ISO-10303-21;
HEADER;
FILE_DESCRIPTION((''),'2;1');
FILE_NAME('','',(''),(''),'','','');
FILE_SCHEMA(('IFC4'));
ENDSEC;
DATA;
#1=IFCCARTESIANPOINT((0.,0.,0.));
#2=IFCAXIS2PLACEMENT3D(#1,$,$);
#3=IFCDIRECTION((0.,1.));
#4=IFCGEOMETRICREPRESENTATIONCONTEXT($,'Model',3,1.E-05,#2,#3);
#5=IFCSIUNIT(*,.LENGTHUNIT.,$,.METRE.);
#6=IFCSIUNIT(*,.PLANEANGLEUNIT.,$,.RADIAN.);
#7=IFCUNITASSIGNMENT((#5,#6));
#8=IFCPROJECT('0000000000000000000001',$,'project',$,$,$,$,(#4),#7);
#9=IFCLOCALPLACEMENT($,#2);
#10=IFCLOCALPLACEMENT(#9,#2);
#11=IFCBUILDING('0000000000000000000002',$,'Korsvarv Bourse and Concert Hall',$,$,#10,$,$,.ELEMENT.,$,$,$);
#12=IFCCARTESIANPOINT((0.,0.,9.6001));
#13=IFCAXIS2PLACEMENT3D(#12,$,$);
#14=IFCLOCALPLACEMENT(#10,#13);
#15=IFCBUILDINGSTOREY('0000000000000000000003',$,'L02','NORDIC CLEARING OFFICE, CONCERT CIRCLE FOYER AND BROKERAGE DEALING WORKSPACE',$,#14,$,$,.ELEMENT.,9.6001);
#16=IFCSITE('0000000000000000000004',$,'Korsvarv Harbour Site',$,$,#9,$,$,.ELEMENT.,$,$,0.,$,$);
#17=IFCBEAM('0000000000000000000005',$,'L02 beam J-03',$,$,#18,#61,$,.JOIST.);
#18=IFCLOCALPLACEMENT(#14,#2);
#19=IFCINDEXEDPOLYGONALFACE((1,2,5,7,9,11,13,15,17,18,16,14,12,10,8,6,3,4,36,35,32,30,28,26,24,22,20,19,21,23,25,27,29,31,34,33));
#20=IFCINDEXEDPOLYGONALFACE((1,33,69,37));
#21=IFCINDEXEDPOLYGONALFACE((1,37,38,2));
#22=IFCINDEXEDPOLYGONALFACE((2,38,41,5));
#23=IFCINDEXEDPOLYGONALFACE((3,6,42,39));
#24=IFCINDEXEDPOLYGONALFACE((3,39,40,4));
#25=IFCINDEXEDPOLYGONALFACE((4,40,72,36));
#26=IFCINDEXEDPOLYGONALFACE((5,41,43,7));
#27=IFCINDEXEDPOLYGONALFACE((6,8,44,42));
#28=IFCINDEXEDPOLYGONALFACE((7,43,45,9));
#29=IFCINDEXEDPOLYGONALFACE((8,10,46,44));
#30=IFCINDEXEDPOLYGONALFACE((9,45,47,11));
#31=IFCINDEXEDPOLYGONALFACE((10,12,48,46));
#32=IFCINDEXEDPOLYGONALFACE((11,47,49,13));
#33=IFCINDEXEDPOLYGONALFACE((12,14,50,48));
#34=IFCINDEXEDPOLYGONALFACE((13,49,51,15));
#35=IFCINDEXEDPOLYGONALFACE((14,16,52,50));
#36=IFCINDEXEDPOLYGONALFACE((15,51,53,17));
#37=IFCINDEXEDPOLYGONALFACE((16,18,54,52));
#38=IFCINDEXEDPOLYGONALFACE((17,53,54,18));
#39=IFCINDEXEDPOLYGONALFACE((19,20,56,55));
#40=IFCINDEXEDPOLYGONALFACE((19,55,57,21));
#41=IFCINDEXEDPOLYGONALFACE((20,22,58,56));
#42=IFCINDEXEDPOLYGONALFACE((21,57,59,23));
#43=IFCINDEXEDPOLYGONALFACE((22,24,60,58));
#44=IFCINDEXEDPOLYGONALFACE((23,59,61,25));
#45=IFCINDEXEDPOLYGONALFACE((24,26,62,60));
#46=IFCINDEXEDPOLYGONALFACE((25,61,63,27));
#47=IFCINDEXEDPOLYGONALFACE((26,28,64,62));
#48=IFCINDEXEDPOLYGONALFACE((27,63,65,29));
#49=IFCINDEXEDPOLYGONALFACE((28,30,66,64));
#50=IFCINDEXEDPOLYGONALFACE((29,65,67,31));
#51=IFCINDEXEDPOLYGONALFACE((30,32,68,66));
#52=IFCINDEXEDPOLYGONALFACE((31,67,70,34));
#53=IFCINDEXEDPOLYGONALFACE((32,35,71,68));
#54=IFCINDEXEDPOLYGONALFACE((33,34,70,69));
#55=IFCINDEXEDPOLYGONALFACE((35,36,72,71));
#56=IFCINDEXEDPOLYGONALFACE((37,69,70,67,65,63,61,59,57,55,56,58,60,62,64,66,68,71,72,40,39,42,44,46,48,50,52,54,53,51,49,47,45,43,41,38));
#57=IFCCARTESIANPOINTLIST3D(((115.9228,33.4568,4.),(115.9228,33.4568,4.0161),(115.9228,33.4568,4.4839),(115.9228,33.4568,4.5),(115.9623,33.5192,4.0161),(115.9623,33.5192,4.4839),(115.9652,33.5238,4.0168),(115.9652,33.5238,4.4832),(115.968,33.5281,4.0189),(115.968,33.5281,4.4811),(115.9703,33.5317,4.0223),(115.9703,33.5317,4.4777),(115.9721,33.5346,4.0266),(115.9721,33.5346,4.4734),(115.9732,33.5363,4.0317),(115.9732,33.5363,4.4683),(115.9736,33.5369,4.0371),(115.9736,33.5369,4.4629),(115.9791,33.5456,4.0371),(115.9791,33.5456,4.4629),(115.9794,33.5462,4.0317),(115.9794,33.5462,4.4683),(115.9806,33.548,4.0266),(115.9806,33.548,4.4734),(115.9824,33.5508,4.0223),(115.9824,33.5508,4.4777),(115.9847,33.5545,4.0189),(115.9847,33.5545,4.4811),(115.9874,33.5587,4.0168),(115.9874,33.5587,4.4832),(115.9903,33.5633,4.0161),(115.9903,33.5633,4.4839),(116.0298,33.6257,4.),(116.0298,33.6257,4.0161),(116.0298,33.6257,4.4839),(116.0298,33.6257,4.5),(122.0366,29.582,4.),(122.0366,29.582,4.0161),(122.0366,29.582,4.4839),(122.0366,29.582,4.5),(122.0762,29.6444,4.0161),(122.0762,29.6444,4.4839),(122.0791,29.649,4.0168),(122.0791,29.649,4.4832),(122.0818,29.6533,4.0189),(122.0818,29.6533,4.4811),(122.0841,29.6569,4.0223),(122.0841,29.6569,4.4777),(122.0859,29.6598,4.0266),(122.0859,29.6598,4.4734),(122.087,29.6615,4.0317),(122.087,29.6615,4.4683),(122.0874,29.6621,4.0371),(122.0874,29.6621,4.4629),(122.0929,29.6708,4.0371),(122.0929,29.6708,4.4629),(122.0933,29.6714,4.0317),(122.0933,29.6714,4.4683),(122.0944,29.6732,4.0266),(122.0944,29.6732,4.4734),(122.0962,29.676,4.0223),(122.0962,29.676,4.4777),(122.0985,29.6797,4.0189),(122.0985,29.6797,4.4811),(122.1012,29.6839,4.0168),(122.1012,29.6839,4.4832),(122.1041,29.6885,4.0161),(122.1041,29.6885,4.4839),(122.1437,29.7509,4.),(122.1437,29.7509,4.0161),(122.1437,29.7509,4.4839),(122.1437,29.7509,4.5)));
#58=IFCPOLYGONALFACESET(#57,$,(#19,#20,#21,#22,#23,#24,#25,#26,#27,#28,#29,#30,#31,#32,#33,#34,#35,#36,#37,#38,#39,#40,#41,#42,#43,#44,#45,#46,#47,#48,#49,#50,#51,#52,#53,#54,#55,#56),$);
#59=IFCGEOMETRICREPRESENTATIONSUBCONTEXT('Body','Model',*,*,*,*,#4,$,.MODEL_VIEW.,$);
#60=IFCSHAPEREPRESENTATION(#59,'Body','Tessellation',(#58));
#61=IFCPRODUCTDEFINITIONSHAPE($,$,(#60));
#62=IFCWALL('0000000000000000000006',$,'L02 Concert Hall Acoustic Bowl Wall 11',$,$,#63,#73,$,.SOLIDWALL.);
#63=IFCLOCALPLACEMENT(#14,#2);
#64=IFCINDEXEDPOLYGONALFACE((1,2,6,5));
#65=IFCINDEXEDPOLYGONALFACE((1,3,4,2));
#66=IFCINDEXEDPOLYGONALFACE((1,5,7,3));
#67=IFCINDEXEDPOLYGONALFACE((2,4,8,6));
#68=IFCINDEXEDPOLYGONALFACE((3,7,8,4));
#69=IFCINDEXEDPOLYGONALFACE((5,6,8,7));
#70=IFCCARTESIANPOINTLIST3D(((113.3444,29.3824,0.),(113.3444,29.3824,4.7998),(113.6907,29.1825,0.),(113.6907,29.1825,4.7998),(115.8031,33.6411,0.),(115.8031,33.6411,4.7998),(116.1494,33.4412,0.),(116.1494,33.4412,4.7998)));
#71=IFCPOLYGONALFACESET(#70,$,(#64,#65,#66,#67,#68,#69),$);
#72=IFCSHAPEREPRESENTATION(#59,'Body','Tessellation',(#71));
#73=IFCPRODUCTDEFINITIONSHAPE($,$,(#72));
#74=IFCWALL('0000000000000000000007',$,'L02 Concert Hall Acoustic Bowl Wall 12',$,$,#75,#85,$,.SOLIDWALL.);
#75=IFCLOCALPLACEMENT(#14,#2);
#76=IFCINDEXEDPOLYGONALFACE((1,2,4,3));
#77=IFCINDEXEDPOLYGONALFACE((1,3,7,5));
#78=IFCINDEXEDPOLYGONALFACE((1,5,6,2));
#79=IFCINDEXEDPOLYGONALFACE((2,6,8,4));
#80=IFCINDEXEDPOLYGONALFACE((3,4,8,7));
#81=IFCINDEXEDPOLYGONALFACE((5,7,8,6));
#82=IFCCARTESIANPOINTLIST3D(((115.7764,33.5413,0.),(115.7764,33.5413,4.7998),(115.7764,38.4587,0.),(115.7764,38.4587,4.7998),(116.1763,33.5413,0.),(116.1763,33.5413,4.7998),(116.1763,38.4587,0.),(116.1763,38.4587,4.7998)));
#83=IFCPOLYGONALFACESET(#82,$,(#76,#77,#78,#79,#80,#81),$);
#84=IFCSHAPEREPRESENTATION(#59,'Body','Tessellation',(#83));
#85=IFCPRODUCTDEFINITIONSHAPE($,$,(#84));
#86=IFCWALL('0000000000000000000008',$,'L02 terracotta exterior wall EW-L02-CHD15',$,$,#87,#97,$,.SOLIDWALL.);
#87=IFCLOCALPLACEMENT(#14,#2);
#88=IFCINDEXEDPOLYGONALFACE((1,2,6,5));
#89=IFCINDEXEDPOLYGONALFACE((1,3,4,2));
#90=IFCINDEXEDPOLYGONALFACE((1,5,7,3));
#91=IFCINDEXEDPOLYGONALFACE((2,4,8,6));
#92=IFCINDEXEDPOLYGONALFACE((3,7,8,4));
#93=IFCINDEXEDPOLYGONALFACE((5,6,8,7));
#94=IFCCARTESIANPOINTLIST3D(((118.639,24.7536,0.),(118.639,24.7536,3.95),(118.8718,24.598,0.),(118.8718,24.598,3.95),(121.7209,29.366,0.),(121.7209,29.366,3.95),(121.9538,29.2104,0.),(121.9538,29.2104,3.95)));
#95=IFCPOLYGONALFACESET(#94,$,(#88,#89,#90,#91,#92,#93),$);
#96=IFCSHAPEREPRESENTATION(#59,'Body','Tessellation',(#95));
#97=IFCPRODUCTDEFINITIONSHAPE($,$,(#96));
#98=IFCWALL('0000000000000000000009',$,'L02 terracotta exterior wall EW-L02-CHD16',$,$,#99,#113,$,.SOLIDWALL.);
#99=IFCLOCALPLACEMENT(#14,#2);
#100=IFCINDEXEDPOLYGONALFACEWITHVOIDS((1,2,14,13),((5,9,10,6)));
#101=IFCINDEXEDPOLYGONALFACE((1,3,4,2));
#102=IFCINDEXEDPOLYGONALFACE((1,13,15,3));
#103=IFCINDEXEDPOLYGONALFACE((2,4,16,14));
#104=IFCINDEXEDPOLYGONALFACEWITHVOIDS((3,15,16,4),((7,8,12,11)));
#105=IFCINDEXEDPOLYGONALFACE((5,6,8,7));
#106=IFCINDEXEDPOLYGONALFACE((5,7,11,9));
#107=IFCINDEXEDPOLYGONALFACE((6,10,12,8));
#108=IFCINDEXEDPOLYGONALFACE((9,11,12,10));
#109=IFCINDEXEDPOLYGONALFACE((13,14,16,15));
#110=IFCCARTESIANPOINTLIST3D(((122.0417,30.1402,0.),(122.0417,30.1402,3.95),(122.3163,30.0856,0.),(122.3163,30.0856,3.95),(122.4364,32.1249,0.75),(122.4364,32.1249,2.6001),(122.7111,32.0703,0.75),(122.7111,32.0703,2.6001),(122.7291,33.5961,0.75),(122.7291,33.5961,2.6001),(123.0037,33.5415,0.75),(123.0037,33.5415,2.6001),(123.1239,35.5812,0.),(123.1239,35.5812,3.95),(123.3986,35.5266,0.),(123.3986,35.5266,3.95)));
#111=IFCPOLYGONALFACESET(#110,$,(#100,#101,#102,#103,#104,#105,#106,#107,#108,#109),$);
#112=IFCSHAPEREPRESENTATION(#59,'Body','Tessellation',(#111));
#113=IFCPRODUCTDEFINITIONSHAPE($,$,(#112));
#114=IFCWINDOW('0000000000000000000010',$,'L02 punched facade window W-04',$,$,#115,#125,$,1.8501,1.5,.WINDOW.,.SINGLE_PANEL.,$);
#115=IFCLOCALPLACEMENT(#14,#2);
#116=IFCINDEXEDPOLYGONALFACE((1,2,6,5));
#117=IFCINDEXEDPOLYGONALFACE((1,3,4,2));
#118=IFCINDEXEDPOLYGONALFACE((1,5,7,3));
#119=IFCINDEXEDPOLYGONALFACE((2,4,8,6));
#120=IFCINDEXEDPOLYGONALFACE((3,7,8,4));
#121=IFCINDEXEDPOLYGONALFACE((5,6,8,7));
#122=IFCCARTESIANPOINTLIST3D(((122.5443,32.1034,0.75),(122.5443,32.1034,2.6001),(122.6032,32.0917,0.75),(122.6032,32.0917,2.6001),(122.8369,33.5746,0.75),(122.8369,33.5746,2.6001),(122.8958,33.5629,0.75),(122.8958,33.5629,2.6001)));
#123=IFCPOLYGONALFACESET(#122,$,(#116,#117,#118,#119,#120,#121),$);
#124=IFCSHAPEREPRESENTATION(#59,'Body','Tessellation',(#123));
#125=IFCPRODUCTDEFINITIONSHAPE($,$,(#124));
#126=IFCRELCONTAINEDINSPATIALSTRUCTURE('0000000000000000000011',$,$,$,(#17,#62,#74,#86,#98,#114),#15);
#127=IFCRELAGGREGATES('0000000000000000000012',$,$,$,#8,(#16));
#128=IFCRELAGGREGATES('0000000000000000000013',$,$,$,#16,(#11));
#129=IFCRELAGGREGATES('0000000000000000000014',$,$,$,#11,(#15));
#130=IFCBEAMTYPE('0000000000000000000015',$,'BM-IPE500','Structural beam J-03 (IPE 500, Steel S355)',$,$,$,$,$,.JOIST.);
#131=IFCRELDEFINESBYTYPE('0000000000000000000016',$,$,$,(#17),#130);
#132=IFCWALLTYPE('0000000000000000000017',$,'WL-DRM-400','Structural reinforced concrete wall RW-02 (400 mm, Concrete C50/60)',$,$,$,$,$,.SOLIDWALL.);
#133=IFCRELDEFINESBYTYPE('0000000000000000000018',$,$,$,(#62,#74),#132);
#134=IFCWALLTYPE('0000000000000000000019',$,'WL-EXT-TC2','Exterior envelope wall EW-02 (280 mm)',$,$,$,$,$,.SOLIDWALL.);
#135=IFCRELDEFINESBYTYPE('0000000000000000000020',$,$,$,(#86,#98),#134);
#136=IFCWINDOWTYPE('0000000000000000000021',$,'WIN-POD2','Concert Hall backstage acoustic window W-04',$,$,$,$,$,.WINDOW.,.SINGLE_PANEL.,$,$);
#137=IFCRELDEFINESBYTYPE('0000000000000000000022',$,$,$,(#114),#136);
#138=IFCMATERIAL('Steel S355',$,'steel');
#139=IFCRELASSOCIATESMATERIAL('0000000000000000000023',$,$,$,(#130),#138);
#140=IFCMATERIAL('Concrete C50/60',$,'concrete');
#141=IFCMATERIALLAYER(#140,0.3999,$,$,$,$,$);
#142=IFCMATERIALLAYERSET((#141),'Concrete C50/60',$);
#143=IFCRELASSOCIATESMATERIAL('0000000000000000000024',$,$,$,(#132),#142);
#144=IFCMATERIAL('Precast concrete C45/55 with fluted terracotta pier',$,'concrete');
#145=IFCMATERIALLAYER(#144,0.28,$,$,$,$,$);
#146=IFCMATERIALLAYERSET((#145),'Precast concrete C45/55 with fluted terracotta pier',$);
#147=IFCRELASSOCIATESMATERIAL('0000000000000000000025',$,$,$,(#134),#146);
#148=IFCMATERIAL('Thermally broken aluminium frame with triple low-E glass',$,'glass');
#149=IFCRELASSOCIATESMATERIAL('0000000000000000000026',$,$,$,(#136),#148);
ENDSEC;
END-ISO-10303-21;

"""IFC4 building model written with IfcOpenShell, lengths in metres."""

from ifc_helpers import new_model, si_unit, direction, frame, frame_2d, origin, origin_2d, place, context, subcontext, project, spatial, rectangle, i_section, extrude, source, transform, mapped, material, layer, layer_set, material_profile, profile_set, type_object, element, fill, save


model = new_model("IFC4")

# Units and contexts
model_context = context("Model", 3, precision=1e-05, world=origin(), true_north=direction((0.0, 1.0)))
body_context = subcontext(model_context, "Body", "Model", "MODEL_VIEW")
ifc_project = project(units=[si_unit("LENGTHUNIT", "METRE"), si_unit("PLANEANGLEUNIT", "RADIAN")], contexts=[model_context])

# Site, building, storey
site_placement = place(None, origin())
site = spatial("IfcSite", under=ifc_project, at=site_placement, Name="Korsvarv Harbour Site", CompositionType="ELEMENT", RefElevation=0.0)
building_placement = place(site_placement, origin())
building = spatial("IfcBuilding", under=site, at=building_placement, Name="Korsvarv Bourse and Concert Hall", CompositionType="ELEMENT")
storey_placement = place(building_placement, frame((0.0, 0.0, 9.6001)))
storey = spatial("IfcBuildingStorey", under=building, at=storey_placement, Name="L02", Description="NORDIC CLEARING OFFICE, CONCERT CIRCLE FOYER AND BROKERAGE DEALING WORKSPACE", CompositionType="ELEMENT", Elevation=9.6001)

# Shared definitions
ifc_material_1 = material(Name="Concrete C50/60", Category="concrete")

# Beam
ifc_material_2 = material(Name="Steel S355", Category="steel")
ifc_material_profile_1 = material_profile(ifc_material_2, i_section(OverallWidth=0.2, OverallDepth=0.5, WebThickness=0.0103, FlangeThickness=0.0161, FilletRadius=0.021, at=origin_2d()), Name="IPE 500")
ifc_profile_set_1 = profile_set([ifc_material_profile_1], Name="Steel S355")
beam_type_1 = type_object("IfcBeamType", Name="BM-IPE500", Description="Structural beam J-03 (IPE 500, Steel S355)", PredefinedType="JOIST", material=ifc_profile_set_1)
shared_shape_1 = source(origin(), body_context, "Body", "SweptSolid", [
    extrude(i_section(OverallWidth=0.2, OverallDepth=0.5, WebThickness=0.0103, FlangeThickness=0.0161, FilletRadius=0.021, at=origin_2d()), origin(), (0.0, 0.0, 1.0), 7.2383),
])
beam_1_placement = place(storey_placement, frame((115.9763, 33.5413, 4.25), z_axis=(0.84465, -0.535318, 0.0), x_axis=(0.535318, 0.84465, 0.0)))
element("IfcBeam", 1, at=beam_1_placement, inside=storey, type_object=beam_type_1, Name="L02 beam J-03", PredefinedType="JOIST", context=body_context, shape_type="MappedRepresentation", body=[
    mapped(shared_shape_1, transform((0.0, 0.0, 0.0), scale=1.0)),
])

# Walls
ifc_layer_1 = layer(ifc_material_1, 0.3999)
ifc_layer_set_1 = layer_set([ifc_layer_1], Name="Concrete C50/60")
wall_type_1 = type_object("IfcWallType", Name="WL-DRM-400", Description="Structural reinforced concrete wall RW-02 (400 mm, Concrete C50/60)", PredefinedType="SOLIDWALL", material=ifc_layer_set_1)
for number, where, z_axis, x_axis, name in (
    (2, (113.5176, 29.2825, 0.0), (0.0, 0.0, 1.0), (0.499989, 0.866032, 0.0), "L02 Concert Hall Acoustic Bowl Wall 11"),
    (3, (115.9763, 33.5413, 0.0), (0.0, 0.0, 1.0), (0.0, 1.0, 0.0), "L02 Concert Hall Acoustic Bowl Wall 12"),
):
    element("IfcWall", number, at=place(storey_placement, frame(where, z_axis=z_axis, x_axis=x_axis)), inside=storey, type_object=wall_type_1, Name=name, PredefinedType="SOLIDWALL", context=body_context, shape_type="SweptSolid", body=[
        extrude(rectangle(XDim=4.9175, YDim=0.3999, at=frame_2d((2.4587, 0.0))), origin(), (0.0, 0.0, 1.0), 4.7998),
    ])
ifc_material_3 = material(Name="Precast concrete C45/55 with fluted terracotta pier", Category="concrete")
ifc_layer_2 = layer(ifc_material_3, 0.28)
ifc_layer_set_2 = layer_set([ifc_layer_2], Name="Precast concrete C45/55 with fluted terracotta pier")
wall_type_2 = type_object("IfcWallType", Name="WL-EXT-TC2", Description="Exterior envelope wall EW-02 (280 mm)", PredefinedType="SOLIDWALL", material=ifc_layer_set_2)
wall_1_placement = place(storey_placement, frame((118.7554, 24.6758, 0.0), z_axis=(0.0, 0.0, 1.0), x_axis=(0.555573, 0.831468, 0.0)))
element("IfcWall", 4, at=wall_1_placement, inside=storey, type_object=wall_type_2, Name="L02 terracotta exterior wall EW-L02-CHD15", PredefinedType="SOLIDWALL", context=body_context, shape_type="SweptSolid", body=[
    extrude(rectangle(XDim=5.5474, YDim=0.28, at=frame_2d((2.7737, 0.0))), origin(), (0.0, 0.0, 1.0), 3.95),
])

# Wall, opening, window
wall_2_placement = place(storey_placement, frame((122.179, 30.1128, 0.0), z_axis=(0.0, 0.0, 1.0), x_axis=(0.195092, 0.980785, 0.0)))
wall_2 = element("IfcWall", 5, at=wall_2_placement, inside=storey, type_object=wall_type_2, Name="L02 terracotta exterior wall EW-L02-CHD16", PredefinedType="SOLIDWALL", context=body_context, shape_type="SweptSolid", body=[
    extrude(rectangle(XDim=5.5476, YDim=0.28, at=frame_2d((2.7739, 0.0))), origin(), (0.0, 0.0, 1.0), 3.95),
])
opening_1_placement = place(wall_2_placement, frame((2.0237, 0.0, 0.75)))
opening_1 = element("IfcOpeningElement", 6, at=opening_1_placement, cuts=wall_2, PredefinedType="OPENING", context=body_context, shape_type="SweptSolid", body=[
    extrude(rectangle(XDim=1.5, YDim=1.8501, at=frame_2d((0.75, 0.925))), frame((0.0, 0.1499, 0.0), z_axis=(0.0, -1.0, 0.0), x_axis=(1.0, 0.0, 0.0)), (0.0, 0.0, 1.0), 0.3),
])
ifc_material_4 = material(Name="Thermally broken aluminium frame with triple low-E glass", Category="glass")
window_type = type_object("IfcWindowType", Name="WIN-POD2", Description="Concert Hall backstage acoustic window W-04", PartitioningType="SINGLE_PANEL", PredefinedType="WINDOW", material=ifc_material_4)
window_placement = place(opening_1_placement, origin())
window = element("IfcWindow", 7, at=window_placement, inside=storey, type_object=window_type, Name="L02 punched facade window W-04", OverallHeight=1.8501, OverallWidth=1.5, PartitioningType="SINGLE_PANEL", PredefinedType="WINDOW", context=body_context, shape_type="SweptSolid", body=[
    extrude(rectangle(XDim=1.5, YDim=1.8501, at=frame_2d((0.75, 0.925))), frame((0.0, 0.03, 0.0), z_axis=(0.0, -1.0, 0.0), x_axis=(1.0, 0.0, 0.0)), (0.0, 0.0, 1.0), 0.0601),
])
fill(opening_1, window)

save(model, "model.ifc")
